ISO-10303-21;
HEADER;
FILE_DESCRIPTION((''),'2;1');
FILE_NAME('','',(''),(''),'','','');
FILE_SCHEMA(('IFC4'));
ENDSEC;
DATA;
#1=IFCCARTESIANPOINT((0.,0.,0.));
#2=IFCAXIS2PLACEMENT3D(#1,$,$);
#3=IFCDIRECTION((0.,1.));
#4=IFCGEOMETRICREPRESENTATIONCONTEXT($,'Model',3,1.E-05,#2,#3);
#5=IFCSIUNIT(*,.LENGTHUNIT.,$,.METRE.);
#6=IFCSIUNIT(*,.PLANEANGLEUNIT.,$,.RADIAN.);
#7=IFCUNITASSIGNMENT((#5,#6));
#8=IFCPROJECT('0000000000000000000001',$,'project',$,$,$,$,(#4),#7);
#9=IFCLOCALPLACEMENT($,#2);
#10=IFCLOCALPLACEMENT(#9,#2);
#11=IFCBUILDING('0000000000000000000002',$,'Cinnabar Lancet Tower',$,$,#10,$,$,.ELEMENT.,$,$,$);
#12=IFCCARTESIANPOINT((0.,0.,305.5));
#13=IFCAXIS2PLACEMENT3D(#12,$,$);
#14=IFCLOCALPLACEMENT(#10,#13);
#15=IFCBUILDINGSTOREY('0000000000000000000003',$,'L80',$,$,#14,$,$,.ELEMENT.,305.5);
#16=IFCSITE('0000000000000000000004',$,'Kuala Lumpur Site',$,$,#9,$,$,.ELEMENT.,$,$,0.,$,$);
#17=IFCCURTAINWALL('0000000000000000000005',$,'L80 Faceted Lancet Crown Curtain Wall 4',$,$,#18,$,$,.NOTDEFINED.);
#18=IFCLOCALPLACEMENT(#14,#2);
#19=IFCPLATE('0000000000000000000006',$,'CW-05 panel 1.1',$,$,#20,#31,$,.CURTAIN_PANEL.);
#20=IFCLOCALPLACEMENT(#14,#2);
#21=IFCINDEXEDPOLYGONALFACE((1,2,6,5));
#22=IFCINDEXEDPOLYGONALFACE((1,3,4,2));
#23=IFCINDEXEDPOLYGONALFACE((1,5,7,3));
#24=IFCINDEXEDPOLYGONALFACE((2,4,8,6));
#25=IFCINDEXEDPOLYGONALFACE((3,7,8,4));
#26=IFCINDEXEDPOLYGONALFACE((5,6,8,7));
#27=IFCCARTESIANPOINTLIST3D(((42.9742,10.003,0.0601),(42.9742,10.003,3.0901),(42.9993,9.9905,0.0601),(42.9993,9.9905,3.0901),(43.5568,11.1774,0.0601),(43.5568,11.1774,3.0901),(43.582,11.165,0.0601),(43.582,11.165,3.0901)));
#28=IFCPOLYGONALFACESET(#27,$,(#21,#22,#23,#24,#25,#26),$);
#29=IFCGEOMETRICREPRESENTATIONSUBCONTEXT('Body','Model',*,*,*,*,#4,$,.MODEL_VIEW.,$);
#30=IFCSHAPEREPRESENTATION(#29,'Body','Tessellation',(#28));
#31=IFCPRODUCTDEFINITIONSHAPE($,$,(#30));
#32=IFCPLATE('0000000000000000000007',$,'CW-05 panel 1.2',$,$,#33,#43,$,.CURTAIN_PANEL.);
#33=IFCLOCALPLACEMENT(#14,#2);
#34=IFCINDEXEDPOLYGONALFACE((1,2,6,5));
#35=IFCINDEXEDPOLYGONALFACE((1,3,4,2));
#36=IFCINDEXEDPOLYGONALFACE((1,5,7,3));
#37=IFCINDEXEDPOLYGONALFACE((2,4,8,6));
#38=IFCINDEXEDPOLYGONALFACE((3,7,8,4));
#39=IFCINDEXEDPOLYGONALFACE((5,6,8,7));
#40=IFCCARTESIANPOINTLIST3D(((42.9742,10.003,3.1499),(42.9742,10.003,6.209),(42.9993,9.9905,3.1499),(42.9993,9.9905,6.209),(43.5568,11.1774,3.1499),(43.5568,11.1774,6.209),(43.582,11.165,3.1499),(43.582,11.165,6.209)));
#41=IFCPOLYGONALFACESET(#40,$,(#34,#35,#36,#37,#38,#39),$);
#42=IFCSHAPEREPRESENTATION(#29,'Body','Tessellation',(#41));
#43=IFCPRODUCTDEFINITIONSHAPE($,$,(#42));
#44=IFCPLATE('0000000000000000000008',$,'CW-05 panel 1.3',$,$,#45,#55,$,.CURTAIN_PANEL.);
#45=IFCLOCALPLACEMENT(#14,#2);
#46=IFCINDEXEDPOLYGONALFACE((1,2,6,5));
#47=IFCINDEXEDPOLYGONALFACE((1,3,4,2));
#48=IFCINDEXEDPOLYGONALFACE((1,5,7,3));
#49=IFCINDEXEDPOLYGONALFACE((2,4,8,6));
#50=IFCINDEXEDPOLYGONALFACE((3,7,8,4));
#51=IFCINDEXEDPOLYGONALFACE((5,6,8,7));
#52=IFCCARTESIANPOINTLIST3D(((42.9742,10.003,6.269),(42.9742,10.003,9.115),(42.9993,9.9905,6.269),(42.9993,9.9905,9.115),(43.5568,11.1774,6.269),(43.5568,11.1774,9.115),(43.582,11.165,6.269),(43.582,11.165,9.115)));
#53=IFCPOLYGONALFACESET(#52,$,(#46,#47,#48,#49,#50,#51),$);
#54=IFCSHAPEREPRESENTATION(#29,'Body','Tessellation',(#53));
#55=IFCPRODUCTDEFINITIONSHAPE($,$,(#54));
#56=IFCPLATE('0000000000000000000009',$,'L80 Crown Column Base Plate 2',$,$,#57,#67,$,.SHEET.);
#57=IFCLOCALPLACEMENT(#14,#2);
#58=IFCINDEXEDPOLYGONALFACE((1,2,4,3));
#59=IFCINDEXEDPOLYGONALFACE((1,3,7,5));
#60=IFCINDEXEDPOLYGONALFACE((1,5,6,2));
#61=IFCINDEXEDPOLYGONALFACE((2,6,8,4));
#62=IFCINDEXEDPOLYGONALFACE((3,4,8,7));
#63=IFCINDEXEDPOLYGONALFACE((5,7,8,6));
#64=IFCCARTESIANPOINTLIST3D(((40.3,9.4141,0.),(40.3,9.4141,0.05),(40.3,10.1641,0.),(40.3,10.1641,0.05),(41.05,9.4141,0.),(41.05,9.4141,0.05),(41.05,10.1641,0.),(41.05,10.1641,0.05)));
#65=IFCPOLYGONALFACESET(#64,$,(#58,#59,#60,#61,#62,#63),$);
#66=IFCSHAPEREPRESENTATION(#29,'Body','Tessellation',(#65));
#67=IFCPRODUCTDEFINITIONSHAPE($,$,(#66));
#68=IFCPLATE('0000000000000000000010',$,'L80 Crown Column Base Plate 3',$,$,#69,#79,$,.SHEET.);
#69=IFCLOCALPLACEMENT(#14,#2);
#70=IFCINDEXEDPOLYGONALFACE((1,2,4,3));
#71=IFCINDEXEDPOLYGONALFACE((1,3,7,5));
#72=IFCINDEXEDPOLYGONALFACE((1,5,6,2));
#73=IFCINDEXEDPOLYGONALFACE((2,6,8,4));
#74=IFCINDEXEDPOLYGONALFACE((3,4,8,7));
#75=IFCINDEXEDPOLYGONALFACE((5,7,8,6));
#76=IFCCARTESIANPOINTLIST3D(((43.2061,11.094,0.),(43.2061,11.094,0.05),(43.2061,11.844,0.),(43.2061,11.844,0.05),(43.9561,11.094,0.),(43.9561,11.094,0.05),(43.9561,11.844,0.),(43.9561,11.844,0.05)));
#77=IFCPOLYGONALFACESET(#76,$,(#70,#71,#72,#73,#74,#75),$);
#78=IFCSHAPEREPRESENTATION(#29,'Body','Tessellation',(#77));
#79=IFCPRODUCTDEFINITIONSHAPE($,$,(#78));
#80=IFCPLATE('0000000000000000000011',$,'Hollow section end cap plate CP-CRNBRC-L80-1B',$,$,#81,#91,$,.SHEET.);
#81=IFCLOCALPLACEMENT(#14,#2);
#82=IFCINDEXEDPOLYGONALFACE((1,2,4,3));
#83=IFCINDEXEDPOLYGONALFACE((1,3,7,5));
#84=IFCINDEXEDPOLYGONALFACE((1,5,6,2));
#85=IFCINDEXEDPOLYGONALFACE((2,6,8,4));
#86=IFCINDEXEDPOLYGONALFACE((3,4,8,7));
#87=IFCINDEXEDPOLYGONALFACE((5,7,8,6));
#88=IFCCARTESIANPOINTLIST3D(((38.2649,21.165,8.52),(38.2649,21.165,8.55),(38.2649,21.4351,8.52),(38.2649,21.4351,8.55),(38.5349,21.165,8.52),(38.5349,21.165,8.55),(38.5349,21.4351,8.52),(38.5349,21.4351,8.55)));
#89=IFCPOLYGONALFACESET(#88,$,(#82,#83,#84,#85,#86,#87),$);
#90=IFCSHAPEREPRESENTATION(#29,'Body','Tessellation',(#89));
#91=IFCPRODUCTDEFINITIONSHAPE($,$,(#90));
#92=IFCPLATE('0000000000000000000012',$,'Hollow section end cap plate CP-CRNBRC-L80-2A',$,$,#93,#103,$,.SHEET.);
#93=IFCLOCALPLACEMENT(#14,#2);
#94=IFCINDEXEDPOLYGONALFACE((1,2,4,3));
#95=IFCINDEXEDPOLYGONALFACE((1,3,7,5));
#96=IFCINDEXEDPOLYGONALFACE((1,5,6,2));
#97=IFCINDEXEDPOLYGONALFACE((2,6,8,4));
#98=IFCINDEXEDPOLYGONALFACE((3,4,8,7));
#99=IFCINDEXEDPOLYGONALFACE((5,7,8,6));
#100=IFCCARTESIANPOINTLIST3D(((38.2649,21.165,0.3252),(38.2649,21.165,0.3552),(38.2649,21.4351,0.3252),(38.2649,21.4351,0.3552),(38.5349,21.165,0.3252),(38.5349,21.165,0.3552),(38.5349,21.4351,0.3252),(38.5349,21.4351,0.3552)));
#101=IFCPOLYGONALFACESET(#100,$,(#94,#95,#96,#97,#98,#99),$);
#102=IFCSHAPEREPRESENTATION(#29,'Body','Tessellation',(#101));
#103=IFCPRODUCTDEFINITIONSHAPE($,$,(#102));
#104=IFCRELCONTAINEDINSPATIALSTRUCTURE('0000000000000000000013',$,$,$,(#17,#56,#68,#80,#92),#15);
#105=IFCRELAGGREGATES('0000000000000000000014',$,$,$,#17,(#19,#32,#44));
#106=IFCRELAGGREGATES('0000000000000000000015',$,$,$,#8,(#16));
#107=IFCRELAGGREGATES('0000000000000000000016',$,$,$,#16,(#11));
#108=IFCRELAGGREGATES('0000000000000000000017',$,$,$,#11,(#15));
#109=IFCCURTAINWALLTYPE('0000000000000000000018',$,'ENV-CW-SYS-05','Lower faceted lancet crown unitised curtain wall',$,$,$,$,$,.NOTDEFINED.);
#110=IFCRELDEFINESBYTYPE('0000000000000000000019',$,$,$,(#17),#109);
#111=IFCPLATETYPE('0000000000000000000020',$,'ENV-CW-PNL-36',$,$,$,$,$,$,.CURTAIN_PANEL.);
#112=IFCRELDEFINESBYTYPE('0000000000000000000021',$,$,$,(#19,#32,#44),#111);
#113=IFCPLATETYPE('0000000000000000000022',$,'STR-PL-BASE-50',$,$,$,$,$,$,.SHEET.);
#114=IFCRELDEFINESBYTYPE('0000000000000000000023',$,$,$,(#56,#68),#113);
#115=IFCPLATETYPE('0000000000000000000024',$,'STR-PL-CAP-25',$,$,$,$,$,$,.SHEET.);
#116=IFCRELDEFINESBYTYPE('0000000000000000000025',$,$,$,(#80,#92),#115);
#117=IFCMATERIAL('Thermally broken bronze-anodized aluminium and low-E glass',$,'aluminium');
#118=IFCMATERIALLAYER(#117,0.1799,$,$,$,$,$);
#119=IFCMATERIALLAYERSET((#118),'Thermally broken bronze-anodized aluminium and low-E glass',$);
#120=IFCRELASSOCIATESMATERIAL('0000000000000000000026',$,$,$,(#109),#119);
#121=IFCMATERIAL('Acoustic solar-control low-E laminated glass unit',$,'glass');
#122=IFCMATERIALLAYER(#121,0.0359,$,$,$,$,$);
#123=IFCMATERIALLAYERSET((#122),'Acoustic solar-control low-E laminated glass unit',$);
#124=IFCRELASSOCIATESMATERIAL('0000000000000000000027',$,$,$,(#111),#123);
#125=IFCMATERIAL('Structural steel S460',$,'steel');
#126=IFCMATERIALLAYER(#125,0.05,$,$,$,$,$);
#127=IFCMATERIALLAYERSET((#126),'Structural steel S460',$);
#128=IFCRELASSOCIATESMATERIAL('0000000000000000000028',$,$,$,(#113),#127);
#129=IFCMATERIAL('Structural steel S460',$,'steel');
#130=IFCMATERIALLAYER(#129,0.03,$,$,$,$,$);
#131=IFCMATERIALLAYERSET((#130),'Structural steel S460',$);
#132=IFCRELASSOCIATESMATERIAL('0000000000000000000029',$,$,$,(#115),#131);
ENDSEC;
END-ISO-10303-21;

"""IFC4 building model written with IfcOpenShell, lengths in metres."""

from ifc_helpers import new_model, si_unit, direction, frame, origin, origin_2d, place, context, subcontext, project, spatial, rectangle, extrude, material, layer, layer_set, type_object, element, aggregate, save


model = new_model("IFC4")

# Units and contexts
model_context = context("Model", 3, precision=1e-05, world=origin(), true_north=direction((0.0, 1.0)))
body_context = subcontext(model_context, "Body", "Model", "MODEL_VIEW")
ifc_project = project(units=[si_unit("LENGTHUNIT", "METRE"), si_unit("PLANEANGLEUNIT", "RADIAN")], contexts=[model_context])

# Site, building, storey
site_placement = place(None, origin())
site = spatial("IfcSite", under=ifc_project, at=site_placement, Name="Kuala Lumpur Site", CompositionType="ELEMENT", RefElevation=0.0)
building_placement = place(site_placement, origin())
building = spatial("IfcBuilding", under=site, at=building_placement, Name="Cinnabar Lancet Tower", CompositionType="ELEMENT")
storey_placement = place(building_placement, frame((0.0, 0.0, 305.5)))
storey = spatial("IfcBuildingStorey", under=building, at=storey_placement, Name="L80", CompositionType="ELEMENT", Elevation=305.5)

# Shared definitions
ifc_material_1 = material(Name="Thermally broken bronze-anodized aluminium and low-E glass", Category="aluminium")
ifc_layer_1 = layer(ifc_material_1, 0.1799)
ifc_layer_set_1 = layer_set([ifc_layer_1], Name="Thermally broken bronze-anodized aluminium and low-E glass")
curtain_wall_type = type_object("IfcCurtainWallType", Name="ENV-CW-SYS-05", Description="Lower faceted lancet crown unitised curtain wall", PredefinedType="NOTDEFINED", material=ifc_layer_set_1)

# Curtain wall
curtain_wall_1_placement = place(storey_placement, origin())
curtain_wall_1 = element("IfcCurtainWall", 1, at=curtain_wall_1_placement, inside=storey, type_object=curtain_wall_type, Name="L80 Faceted Lancet Crown Curtain Wall 4", PredefinedType="NOTDEFINED")

# Plates
ifc_material_2 = material(Name="Acoustic solar-control low-E laminated glass unit", Category="glass")
ifc_layer_2 = layer(ifc_material_2, 0.0359)
ifc_layer_set_2 = layer_set([ifc_layer_2], Name="Acoustic solar-control low-E laminated glass unit")
plate_type_1 = type_object("IfcPlateType", Name="ENV-CW-PNL-36", PredefinedType="CURTAIN_PANEL", material=ifc_layer_set_2)
plate_1_placement = place(storey_placement, frame((43.2781, 10.584, 0.0601), z_axis=(0.0, 0.0, 1.0), x_axis=(0.444416, 0.89582, 0.0)))
plate_1 = element("IfcPlate", 2, at=plate_1_placement, type_object=plate_type_1, Name="CW-05 panel 1.1", PredefinedType="CURTAIN_PANEL", context=body_context, shape_type="SweptSolid", body=[
    extrude(rectangle(XDim=1.311, YDim=0.0281, at=origin_2d()), origin(), (0.0, 0.0, 1.0), 3.03),
])
plate_2_placement = place(storey_placement, frame((43.2781, 10.584, 3.1499), z_axis=(0.0, 0.0, 1.0), x_axis=(0.444416, 0.89582, 0.0)))
plate_2 = element("IfcPlate", 3, at=plate_2_placement, type_object=plate_type_1, Name="CW-05 panel 1.2", PredefinedType="CURTAIN_PANEL", context=body_context, shape_type="SweptSolid", body=[
    extrude(rectangle(XDim=1.311, YDim=0.0281, at=origin_2d()), origin(), (0.0, 0.0, 1.0), 3.0591),
])
plate_3_placement = place(storey_placement, frame((43.2781, 10.584, 6.269), z_axis=(0.0, 0.0, 1.0), x_axis=(0.444416, 0.89582, 0.0)))
plate_3 = element("IfcPlate", 4, at=plate_3_placement, type_object=plate_type_1, Name="CW-05 panel 1.3", PredefinedType="CURTAIN_PANEL", context=body_context, shape_type="SweptSolid", body=[
    extrude(rectangle(XDim=1.311, YDim=0.0281, at=origin_2d()), origin(), (0.0, 0.0, 1.0), 2.8459),
])
aggregate(curtain_wall_1, [plate_1, plate_2, plate_3])

# Plates
ifc_material_3 = material(Name="Structural steel S460", Category="steel")
ifc_layer_3 = layer(ifc_material_3, 0.05)
ifc_layer_set_3 = layer_set([ifc_layer_3], Name="Structural steel S460")
plate_type_2 = type_object("IfcPlateType", Name="STR-PL-BASE-50", PredefinedType="SHEET", material=ifc_layer_set_3)
for number, where, z_axis, x_axis, name in (
    (5, (40.675, 9.7891, 0.0), (0.0, 0.0, 1.0), (1.0, 0.0, 0.0), "L80 Crown Column Base Plate 2"),
    (6, (43.5811, 11.469, 0.0), (0.0, 0.0, 1.0), (1.0, 0.0, 0.0), "L80 Crown Column Base Plate 3"),
):
    element("IfcPlate", number, at=place(storey_placement, frame(where, z_axis=z_axis, x_axis=x_axis)), inside=storey, type_object=plate_type_2, Name=name, PredefinedType="SHEET", context=body_context, shape_type="SweptSolid", body=[
        extrude(rectangle(XDim=0.75, YDim=0.75, at=origin_2d()), origin(), (0.0, 0.0, 1.0), 0.05),
    ])
ifc_material_4 = material(Name="Structural steel S460", Category="steel")
ifc_layer_4 = layer(ifc_material_4, 0.03)
ifc_layer_set_4 = layer_set([ifc_layer_4], Name="Structural steel S460")
plate_type_3 = type_object("IfcPlateType", Name="STR-PL-CAP-25", PredefinedType="SHEET", material=ifc_layer_set_4)
for number, where, z_axis, x_axis, name in (
    (7, (38.3999, 21.3, 8.52), (0.0, 0.0, 1.0), (1.0, 0.0, 0.0), "Hollow section end cap plate CP-CRNBRC-L80-1B"),
    (8, (38.3999, 21.3, 0.3252), (0.0, 0.0, 1.0), (0.0, -1.0, 0.0), "Hollow section end cap plate CP-CRNBRC-L80-2A"),
):
    element("IfcPlate", number, at=place(storey_placement, frame(where, z_axis=z_axis, x_axis=x_axis)), inside=storey, type_object=plate_type_3, Name=name, PredefinedType="SHEET", context=body_context, shape_type="SweptSolid", body=[
        extrude(rectangle(XDim=0.27, YDim=0.27, at=origin_2d()), origin(), (0.0, 0.0, 1.0), 0.03),
    ])

save(model, "model.ifc")
